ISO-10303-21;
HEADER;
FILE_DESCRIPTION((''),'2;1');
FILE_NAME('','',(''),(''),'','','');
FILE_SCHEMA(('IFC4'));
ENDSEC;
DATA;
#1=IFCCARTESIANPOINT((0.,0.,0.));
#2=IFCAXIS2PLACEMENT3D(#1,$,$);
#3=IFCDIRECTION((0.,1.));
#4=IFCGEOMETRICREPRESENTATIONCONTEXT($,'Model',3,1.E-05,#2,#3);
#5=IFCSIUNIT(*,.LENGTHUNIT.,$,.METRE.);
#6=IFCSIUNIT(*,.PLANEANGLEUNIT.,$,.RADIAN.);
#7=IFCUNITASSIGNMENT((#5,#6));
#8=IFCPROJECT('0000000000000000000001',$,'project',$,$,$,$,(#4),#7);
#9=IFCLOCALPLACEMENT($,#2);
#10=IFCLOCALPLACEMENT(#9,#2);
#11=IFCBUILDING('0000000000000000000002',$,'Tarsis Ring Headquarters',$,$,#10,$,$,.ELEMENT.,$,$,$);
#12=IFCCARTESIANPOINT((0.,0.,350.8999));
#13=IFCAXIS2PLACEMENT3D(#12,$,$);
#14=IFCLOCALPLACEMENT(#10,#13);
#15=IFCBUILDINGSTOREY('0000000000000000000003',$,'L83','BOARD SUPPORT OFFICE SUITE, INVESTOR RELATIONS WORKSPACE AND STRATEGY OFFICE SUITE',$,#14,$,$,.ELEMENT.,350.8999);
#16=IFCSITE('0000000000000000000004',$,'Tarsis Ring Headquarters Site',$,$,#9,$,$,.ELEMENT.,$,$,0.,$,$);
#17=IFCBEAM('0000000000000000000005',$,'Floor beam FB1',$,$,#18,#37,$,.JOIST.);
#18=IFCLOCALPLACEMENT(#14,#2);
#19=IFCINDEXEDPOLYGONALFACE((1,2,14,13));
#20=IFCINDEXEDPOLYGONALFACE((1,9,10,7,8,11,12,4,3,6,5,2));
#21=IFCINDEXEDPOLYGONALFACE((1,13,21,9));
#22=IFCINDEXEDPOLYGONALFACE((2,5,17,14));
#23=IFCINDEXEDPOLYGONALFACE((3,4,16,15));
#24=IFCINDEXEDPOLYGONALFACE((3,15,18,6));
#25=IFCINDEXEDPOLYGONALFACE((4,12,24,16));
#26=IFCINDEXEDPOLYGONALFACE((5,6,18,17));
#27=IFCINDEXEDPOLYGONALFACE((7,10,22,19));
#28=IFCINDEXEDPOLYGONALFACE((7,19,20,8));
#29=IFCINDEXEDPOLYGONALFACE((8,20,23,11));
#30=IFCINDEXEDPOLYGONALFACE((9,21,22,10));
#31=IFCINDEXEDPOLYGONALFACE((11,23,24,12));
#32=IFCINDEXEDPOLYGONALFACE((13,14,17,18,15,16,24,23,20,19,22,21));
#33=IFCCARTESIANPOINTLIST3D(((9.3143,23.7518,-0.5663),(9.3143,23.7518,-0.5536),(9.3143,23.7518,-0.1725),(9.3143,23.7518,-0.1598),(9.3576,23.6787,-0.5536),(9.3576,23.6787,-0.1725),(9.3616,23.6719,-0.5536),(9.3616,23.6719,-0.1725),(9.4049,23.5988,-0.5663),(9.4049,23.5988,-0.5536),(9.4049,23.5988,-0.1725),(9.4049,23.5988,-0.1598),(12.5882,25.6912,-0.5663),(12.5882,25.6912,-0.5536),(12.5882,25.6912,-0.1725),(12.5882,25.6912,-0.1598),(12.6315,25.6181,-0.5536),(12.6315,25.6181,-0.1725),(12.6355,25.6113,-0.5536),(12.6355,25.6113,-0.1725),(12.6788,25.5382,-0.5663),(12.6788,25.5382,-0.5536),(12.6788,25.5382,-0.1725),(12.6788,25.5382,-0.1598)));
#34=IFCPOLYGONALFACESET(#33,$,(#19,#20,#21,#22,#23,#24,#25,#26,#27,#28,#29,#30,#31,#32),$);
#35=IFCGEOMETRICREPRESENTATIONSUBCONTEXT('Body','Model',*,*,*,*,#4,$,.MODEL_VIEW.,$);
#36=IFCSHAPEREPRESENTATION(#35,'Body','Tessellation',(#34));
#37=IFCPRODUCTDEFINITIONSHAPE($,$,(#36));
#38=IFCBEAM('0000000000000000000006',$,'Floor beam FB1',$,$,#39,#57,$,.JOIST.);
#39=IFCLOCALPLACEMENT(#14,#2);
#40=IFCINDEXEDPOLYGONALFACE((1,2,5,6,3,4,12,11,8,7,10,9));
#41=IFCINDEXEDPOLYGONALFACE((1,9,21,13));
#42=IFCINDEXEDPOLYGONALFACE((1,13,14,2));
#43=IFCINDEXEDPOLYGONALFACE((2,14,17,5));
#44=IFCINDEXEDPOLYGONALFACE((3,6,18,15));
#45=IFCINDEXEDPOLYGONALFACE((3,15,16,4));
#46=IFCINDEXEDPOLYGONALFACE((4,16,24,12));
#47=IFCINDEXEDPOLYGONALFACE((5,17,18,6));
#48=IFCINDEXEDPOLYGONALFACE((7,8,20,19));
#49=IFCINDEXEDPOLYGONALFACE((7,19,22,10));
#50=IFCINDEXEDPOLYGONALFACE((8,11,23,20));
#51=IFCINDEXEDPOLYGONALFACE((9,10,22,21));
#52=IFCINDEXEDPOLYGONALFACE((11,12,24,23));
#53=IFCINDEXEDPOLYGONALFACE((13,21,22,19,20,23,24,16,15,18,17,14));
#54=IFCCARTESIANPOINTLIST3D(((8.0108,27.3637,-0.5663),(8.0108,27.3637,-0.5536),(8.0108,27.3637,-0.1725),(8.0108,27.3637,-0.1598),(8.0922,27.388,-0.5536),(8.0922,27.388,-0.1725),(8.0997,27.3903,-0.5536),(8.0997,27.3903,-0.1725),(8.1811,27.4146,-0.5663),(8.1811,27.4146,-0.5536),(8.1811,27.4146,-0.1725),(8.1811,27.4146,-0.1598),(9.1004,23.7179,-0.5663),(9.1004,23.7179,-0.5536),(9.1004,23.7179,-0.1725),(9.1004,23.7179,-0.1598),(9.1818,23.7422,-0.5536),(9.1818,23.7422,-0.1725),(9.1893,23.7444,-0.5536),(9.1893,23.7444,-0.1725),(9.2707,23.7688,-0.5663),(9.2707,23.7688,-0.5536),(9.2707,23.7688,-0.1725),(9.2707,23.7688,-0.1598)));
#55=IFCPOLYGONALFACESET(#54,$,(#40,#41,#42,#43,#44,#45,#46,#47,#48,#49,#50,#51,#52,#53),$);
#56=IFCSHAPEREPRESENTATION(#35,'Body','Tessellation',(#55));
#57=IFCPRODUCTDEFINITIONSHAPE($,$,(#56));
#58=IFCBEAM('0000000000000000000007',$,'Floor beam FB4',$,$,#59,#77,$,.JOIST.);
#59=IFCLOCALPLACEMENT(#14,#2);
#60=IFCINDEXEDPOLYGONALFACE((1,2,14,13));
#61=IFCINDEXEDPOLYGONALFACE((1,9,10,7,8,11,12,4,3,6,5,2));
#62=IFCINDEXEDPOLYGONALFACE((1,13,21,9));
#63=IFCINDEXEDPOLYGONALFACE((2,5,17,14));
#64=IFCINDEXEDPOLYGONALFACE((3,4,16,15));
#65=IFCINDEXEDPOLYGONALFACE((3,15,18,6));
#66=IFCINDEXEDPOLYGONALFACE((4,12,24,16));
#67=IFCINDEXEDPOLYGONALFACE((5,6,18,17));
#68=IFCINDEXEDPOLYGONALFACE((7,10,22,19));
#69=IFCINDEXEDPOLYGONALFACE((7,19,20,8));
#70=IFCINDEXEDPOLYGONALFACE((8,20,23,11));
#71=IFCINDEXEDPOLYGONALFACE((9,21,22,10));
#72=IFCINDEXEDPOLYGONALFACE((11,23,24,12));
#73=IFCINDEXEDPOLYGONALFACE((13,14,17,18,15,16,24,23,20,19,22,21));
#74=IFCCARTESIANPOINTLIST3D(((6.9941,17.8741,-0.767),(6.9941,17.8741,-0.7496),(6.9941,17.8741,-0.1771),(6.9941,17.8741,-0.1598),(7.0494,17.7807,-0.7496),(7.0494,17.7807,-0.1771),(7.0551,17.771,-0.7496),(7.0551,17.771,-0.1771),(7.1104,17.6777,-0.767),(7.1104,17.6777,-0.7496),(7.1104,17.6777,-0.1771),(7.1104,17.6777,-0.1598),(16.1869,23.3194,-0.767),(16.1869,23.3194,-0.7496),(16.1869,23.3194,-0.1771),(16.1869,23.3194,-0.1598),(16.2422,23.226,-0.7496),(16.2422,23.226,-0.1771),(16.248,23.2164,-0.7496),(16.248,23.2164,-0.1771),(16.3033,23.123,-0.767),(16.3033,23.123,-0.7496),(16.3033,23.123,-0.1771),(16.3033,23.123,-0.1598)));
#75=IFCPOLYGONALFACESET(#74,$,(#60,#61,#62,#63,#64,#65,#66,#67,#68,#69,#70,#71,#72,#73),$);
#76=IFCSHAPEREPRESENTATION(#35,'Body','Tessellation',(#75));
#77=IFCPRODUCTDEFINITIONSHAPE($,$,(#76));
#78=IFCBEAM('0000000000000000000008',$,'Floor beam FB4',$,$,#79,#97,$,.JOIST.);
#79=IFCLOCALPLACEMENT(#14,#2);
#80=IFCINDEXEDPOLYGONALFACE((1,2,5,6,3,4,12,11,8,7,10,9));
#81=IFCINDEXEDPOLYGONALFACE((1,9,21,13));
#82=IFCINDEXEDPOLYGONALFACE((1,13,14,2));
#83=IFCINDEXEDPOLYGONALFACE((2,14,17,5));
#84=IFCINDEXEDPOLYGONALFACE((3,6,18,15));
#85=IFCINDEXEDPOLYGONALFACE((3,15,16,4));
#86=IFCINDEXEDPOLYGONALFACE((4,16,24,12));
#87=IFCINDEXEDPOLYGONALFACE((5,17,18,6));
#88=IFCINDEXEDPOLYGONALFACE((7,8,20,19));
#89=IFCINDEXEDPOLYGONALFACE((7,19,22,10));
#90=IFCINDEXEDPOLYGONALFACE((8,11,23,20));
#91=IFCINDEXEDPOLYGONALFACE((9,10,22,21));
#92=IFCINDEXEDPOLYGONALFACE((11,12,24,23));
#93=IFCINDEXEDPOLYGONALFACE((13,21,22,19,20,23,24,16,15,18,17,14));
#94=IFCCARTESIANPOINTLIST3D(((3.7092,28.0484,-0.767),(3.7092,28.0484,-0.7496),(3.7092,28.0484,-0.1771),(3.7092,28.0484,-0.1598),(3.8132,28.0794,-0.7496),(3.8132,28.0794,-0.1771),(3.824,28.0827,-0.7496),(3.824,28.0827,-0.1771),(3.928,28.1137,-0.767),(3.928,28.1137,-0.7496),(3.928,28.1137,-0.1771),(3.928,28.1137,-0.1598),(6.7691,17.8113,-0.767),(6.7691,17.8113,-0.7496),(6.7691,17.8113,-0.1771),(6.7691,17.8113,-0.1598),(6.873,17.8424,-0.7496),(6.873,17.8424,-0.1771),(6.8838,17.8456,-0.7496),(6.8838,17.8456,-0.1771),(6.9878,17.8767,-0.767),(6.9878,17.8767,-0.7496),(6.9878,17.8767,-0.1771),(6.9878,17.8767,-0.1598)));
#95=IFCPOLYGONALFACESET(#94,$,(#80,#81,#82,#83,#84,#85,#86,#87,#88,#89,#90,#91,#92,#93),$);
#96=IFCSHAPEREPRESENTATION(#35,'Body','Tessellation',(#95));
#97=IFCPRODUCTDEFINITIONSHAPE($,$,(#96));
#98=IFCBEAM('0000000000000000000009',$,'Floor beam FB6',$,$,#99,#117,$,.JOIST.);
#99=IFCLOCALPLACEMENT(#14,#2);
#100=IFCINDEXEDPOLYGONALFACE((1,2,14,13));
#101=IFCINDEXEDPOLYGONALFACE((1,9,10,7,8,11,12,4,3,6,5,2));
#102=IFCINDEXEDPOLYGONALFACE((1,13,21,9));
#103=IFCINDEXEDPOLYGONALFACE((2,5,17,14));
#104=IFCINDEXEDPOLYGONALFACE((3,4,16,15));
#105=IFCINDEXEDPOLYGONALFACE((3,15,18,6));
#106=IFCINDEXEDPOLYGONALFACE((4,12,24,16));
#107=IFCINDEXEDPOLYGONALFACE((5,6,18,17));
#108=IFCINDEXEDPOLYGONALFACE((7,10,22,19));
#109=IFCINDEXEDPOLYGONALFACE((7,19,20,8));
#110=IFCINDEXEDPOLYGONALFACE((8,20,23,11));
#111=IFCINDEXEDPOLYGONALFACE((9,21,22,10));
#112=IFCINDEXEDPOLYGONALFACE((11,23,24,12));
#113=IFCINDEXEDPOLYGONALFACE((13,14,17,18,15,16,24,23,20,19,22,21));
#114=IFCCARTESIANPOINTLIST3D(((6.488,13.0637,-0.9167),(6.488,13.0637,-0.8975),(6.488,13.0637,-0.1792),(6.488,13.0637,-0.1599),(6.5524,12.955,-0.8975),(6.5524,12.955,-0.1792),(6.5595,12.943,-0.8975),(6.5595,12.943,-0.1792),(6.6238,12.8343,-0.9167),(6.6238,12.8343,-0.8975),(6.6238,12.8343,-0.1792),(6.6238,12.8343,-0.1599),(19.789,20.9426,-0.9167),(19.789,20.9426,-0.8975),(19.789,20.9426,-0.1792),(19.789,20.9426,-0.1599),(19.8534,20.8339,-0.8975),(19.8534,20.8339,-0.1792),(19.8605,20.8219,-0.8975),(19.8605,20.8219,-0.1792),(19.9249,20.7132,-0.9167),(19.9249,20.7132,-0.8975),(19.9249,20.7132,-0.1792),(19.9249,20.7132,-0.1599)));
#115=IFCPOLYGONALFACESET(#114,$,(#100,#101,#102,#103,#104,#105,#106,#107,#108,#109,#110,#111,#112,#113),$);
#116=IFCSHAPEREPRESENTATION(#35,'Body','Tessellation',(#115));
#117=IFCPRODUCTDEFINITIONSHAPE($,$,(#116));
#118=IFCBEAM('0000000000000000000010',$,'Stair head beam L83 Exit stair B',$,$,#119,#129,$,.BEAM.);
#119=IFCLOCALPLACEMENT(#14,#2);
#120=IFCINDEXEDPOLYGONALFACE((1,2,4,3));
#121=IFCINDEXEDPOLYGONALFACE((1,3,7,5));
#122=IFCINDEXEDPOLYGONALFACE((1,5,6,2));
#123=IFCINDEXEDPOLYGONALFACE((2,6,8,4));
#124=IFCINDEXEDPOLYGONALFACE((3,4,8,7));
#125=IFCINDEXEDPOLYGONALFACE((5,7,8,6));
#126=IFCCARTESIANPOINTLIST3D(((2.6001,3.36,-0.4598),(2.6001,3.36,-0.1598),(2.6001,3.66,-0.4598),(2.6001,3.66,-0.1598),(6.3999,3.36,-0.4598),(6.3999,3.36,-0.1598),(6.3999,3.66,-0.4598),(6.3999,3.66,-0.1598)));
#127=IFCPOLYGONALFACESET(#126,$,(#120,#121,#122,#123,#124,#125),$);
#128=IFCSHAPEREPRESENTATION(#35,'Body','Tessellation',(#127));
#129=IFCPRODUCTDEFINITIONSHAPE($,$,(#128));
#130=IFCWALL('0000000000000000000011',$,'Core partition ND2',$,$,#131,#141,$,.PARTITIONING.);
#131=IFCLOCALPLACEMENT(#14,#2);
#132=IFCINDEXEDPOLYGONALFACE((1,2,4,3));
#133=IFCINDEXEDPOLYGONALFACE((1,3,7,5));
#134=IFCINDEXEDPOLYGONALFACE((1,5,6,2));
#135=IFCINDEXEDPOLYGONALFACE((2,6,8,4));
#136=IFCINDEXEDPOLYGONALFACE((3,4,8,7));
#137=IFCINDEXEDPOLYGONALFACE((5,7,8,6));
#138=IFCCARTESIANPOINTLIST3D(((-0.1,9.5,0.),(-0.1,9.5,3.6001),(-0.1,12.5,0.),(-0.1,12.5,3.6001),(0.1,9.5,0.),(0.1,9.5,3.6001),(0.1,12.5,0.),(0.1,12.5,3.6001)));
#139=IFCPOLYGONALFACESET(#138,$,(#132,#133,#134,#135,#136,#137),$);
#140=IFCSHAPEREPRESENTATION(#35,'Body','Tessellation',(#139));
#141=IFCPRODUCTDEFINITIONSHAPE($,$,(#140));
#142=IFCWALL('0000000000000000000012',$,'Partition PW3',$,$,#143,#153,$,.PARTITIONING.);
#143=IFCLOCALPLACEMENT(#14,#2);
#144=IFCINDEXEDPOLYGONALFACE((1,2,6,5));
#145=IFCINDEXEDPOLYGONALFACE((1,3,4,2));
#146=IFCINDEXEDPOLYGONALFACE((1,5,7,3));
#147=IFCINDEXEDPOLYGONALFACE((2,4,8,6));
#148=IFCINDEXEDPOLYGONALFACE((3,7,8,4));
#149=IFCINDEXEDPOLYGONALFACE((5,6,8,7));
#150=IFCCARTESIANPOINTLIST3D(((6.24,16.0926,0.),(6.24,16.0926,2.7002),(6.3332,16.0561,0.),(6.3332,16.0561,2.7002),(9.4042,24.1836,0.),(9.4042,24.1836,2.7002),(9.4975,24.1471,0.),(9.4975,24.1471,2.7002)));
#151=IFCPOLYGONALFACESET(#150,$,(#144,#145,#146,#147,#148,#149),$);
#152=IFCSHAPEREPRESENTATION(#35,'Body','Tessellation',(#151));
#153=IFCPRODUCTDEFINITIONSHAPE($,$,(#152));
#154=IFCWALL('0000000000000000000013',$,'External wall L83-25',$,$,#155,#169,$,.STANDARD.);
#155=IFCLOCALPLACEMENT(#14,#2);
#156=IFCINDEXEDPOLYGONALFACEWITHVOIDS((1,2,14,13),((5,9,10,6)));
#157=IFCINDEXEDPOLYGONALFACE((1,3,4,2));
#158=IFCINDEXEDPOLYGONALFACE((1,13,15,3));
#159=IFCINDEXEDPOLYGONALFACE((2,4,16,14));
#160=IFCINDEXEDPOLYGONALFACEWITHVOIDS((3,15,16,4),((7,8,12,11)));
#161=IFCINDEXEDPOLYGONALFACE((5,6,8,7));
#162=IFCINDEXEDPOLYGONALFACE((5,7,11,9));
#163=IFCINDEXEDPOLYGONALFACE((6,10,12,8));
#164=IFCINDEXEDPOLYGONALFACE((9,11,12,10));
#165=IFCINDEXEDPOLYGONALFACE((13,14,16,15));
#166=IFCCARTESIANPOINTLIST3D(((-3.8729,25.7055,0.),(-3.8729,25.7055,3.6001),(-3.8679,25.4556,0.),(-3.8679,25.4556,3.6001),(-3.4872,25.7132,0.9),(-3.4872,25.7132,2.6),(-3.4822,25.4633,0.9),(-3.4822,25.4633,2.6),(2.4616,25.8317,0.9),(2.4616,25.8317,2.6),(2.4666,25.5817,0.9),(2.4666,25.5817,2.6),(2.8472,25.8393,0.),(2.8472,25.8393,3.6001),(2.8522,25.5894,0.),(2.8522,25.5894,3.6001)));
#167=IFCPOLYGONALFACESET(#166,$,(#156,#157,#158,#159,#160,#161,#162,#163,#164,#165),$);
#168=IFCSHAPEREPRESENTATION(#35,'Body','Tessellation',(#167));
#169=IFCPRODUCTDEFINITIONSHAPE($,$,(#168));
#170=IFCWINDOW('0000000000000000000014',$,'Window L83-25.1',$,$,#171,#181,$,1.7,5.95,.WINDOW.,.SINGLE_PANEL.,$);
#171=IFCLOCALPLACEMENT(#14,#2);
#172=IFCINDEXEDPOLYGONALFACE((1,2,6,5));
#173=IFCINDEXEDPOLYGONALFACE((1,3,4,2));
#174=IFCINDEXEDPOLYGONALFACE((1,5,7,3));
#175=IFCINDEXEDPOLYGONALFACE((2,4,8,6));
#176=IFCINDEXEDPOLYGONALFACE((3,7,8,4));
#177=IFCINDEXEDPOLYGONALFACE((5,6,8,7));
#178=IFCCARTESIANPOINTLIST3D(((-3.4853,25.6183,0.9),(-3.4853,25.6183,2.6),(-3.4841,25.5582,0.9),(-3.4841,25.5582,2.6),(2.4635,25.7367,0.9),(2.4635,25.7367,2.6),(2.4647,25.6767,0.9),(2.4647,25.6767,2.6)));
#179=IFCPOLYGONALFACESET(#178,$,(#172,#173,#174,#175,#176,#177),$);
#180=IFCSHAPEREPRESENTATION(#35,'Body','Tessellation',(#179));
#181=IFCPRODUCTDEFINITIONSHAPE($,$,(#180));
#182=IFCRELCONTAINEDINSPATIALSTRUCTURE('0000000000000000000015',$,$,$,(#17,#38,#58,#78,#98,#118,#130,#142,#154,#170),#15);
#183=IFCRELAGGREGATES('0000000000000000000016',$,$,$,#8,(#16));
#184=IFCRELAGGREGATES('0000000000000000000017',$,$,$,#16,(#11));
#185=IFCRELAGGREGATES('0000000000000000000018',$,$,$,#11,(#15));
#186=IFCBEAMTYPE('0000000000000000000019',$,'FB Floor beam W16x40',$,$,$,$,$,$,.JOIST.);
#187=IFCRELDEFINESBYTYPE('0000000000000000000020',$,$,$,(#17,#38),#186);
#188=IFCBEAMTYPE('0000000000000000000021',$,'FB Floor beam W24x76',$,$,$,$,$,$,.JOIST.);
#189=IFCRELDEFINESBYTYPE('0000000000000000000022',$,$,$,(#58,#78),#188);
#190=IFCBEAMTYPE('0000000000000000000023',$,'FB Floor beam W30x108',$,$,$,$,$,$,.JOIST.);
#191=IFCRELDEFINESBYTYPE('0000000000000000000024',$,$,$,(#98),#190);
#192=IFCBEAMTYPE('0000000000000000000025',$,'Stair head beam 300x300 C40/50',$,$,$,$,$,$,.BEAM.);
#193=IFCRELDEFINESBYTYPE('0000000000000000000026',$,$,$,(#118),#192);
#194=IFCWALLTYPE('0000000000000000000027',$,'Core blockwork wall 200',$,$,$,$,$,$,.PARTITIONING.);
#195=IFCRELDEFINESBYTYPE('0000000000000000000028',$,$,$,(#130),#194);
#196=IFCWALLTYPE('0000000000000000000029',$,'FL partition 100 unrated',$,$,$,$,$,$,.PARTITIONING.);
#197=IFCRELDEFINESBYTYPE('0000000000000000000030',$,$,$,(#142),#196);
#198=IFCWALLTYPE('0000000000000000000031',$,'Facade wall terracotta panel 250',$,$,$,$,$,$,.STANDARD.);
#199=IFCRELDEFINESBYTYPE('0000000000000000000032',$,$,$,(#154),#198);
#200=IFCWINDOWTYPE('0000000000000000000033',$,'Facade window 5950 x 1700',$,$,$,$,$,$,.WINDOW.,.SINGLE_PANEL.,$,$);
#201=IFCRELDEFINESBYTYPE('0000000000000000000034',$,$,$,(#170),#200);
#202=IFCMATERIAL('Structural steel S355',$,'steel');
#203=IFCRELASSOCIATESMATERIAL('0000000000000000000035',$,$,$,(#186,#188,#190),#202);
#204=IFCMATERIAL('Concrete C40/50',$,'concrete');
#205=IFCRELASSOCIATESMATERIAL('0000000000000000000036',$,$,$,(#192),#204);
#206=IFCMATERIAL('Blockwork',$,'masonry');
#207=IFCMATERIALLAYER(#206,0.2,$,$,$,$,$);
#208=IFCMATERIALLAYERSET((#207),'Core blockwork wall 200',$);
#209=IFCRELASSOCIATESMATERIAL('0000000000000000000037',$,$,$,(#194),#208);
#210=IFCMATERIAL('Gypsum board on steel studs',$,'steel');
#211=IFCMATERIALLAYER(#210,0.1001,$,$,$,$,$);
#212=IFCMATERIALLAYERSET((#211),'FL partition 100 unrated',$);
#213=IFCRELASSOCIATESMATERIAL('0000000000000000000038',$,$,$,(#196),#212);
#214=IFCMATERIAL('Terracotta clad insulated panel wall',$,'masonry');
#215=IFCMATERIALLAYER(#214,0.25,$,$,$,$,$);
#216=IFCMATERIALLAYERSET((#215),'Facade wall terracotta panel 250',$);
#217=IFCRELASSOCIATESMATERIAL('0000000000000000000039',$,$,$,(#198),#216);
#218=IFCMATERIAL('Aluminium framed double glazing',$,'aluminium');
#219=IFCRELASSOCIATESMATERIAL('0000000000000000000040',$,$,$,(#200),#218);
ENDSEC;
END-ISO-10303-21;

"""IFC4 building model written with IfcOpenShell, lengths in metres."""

from ifc_helpers import new_model, si_unit, direction, frame, frame_2d, origin, origin_2d, place, context, subcontext, project, spatial, rectangle, i_section, extrude, material, layer, layer_set, material_profile, profile_set, type_object, element, fill, save


model = new_model("IFC4")

# Units and contexts
model_context = context("Model", 3, precision=1e-05, world=origin(), true_north=direction((0.0, 1.0)))
body_context = subcontext(model_context, "Body", "Model", "MODEL_VIEW")
ifc_project = project(units=[si_unit("LENGTHUNIT", "METRE"), si_unit("PLANEANGLEUNIT", "RADIAN")], contexts=[model_context])

# Site, building, storey
site_placement = place(None, origin())
site = spatial("IfcSite", under=ifc_project, at=site_placement, Name="Tarsis Ring Headquarters Site", CompositionType="ELEMENT", RefElevation=0.0)
building_placement = place(site_placement, origin())
building = spatial("IfcBuilding", under=site, at=building_placement, Name="Tarsis Ring Headquarters", CompositionType="ELEMENT")
storey_placement = place(building_placement, frame((0.0, 0.0, 350.8999)))
storey = spatial("IfcBuildingStorey", under=building, at=storey_placement, Name="L83", Description="BOARD SUPPORT OFFICE SUITE, INVESTOR RELATIONS WORKSPACE AND STRATEGY OFFICE SUITE", CompositionType="ELEMENT", Elevation=350.8999)

# Beams
ifc_material_1 = material(Name="Structural steel S355", Category="steel")
ifc_material_profile_1 = material_profile(ifc_material_1, i_section(OverallWidth=0.1777, OverallDepth=0.4065, WebThickness=0.0078, FlangeThickness=0.0127, at=origin_2d()), Name="W16x40")
ifc_profile_set_1 = profile_set([ifc_material_profile_1], Name="Structural steel S355")
beam_type_1 = type_object("IfcBeamType", Name="FB Floor beam W16x40", PredefinedType="JOIST", material=ifc_profile_set_1)
for number, where, z_axis, x_axis, name in (
    (1, (9.3596, 23.6753, -0.363), (0.860367, 0.509676, 0.0), (-0.509676, 0.860367, 0.0), "Floor beam FB1"),
    (2, (8.0959, 27.3892, -0.363), (0.286353, -0.958124, 0.0), (0.958124, 0.286353, 0.0), "Floor beam FB1"),
):
    element("IfcBeam", number, at=place(storey_placement, frame(where, z_axis=z_axis, x_axis=x_axis)), inside=storey, type_object=beam_type_1, Name=name, PredefinedType="JOIST", context=body_context, shape_type="SweptSolid", body=[
        extrude(i_section(OverallWidth=0.1777, OverallDepth=0.4065, WebThickness=0.0078, FlangeThickness=0.0127, at=origin_2d()), origin(), (0.0, 0.0, 1.0), 3.8052),
    ])
ifc_material_profile_2 = material_profile(ifc_material_1, i_section(OverallWidth=0.2283, OverallDepth=0.6072, WebThickness=0.0112, FlangeThickness=0.0173, at=origin_2d()), Name="W24x76")
ifc_profile_set_2 = profile_set([ifc_material_profile_2], Name="Structural steel S355")
beam_type_2 = type_object("IfcBeamType", Name="FB Floor beam W24x76", PredefinedType="JOIST", material=ifc_profile_set_2)
for number, where, z_axis, x_axis, name in (
    (3, (7.0522, 17.7759, -0.4634), (0.860387, 0.509642, 0.0), (-0.509642, 0.860387, 0.0), "Floor beam FB4"),
    (4, (3.8186, 28.0811, -0.4634), (0.286377, -0.958117, 0.0), (0.958117, 0.286377, 0.0), "Floor beam FB4"),
):
    element("IfcBeam", number, at=place(storey_placement, frame(where, z_axis=z_axis, x_axis=x_axis)), inside=storey, type_object=beam_type_2, Name=name, PredefinedType="JOIST", context=body_context, shape_type="SweptSolid", body=[
        extrude(i_section(OverallWidth=0.2283, OverallDepth=0.6072, WebThickness=0.0112, FlangeThickness=0.0173, at=origin_2d()), origin(), (0.0, 0.0, 1.0), 10.6846),
    ])
ifc_material_profile_3 = material_profile(ifc_material_1, i_section(OverallWidth=0.2666, OverallDepth=0.7568, WebThickness=0.0139, FlangeThickness=0.0193, at=origin_2d()), Name="W30x108")
ifc_profile_set_3 = profile_set([ifc_material_profile_3], Name="Structural steel S355")
beam_type_3 = type_object("IfcBeamType", Name="FB Floor beam W30x108", PredefinedType="JOIST", material=ifc_profile_set_3)
beam_1_placement = place(storey_placement, frame((6.5559, 12.949, -0.5383), z_axis=(0.860382, 0.50965, 0.0), x_axis=(-0.50965, 0.860382, 0.0)))
element("IfcBeam", 5, at=beam_1_placement, inside=storey, type_object=beam_type_3, Name="Floor beam FB6", PredefinedType="JOIST", context=body_context, shape_type="SweptSolid", body=[
    extrude(i_section(OverallWidth=0.2666, OverallDepth=0.7568, WebThickness=0.0139, FlangeThickness=0.0193, at=origin_2d()), origin(), (0.0, 0.0, 1.0), 15.4595),
])
ifc_material_2 = material(Name="Concrete C40/50", Category="concrete")
ifc_material_profile_4 = material_profile(ifc_material_2, rectangle(XDim=0.3, YDim=0.3, at=origin_2d()), Name="Stair head beam 300x300 C40/50")
ifc_profile_set_4 = profile_set([ifc_material_profile_4], Name="Concrete C40/50")
beam_type_4 = type_object("IfcBeamType", Name="Stair head beam 300x300 C40/50", PredefinedType="BEAM", material=ifc_profile_set_4)
beam_2_placement = place(storey_placement, frame((2.6001, 3.51, -0.3098), z_axis=(1.0, 0.0, 0.0), x_axis=(0.0, 1.0, 0.0)))
element("IfcBeam", 6, at=beam_2_placement, inside=storey, type_object=beam_type_4, Name="Stair head beam L83 Exit stair B", PredefinedType="BEAM", context=body_context, shape_type="SweptSolid", body=[
    extrude(rectangle(XDim=0.3, YDim=0.3, at=origin_2d()), origin(), (0.0, 0.0, 1.0), 3.7998),
])

# Walls
ifc_material_3 = material(Name="Blockwork", Category="masonry")
ifc_layer_1 = layer(ifc_material_3, 0.2)
ifc_layer_set_1 = layer_set([ifc_layer_1], Name="Core blockwork wall 200")
wall_type_1 = type_object("IfcWallType", Name="Core blockwork wall 200", PredefinedType="PARTITIONING", material=ifc_layer_set_1)
wall_1_placement = place(storey_placement, frame((0.0, 9.5, 0.0), z_axis=(0.0, 0.0, 1.0), x_axis=(0.0, 1.0, 0.0)))
element("IfcWall", 7, at=wall_1_placement, inside=storey, type_object=wall_type_1, Name="Core partition ND2", PredefinedType="PARTITIONING", context=body_context, shape_type="SweptSolid", body=[
    extrude(rectangle(XDim=3.0, YDim=0.2, at=frame_2d((1.5, 0.0))), origin(), (0.0, 0.0, 1.0), 3.6001),
])
ifc_material_4 = material(Name="Gypsum board on steel studs", Category="steel")
ifc_layer_2 = layer(ifc_material_4, 0.1001)
ifc_layer_set_2 = layer_set([ifc_layer_2], Name="FL partition 100 unrated")
wall_type_2 = type_object("IfcWallType", Name="FL partition 100 unrated", PredefinedType="PARTITIONING", material=ifc_layer_set_2)
wall_2_placement = place(storey_placement, frame((6.2866, 16.0745, 0.0), z_axis=(0.0, 0.0, 1.0), x_axis=(0.364223, 0.931312, 0.0)))
element("IfcWall", 8, at=wall_2_placement, inside=storey, type_object=wall_type_2, Name="Partition PW3", PredefinedType="PARTITIONING", context=body_context, shape_type="SweptSolid", body=[
    extrude(rectangle(XDim=8.6877, YDim=0.1001, at=frame_2d((4.3438, 0.0))), origin(), (0.0, 0.0, 1.0), 2.7002),
])

# Wall, opening, window
ifc_material_5 = material(Name="Terracotta clad insulated panel wall", Category="masonry")
ifc_layer_3 = layer(ifc_material_5, 0.25)
ifc_layer_set_3 = layer_set([ifc_layer_3], Name="Facade wall terracotta panel 250")
wall_type_3 = type_object("IfcWallType", Name="Facade wall terracotta panel 250", PredefinedType="STANDARD", material=ifc_layer_set_3)
wall_3_placement = place(storey_placement, frame((2.8499, 25.7144, 0.0), z_axis=(0.0, 0.0, 1.0), x_axis=(-0.999802, -0.019905, 0.0)))
wall_3 = element("IfcWall", 9, at=wall_3_placement, inside=storey, type_object=wall_type_3, Name="External wall L83-25", PredefinedType="STANDARD", context=body_context, shape_type="SweptSolid", body=[
    extrude(rectangle(XDim=6.7214, YDim=0.25, at=frame_2d((3.3608, 0.0))), origin(), (0.0, 0.0, 1.0), 3.6001),
])
opening_placement = place(wall_3_placement, frame((0.3857, 0.0, 0.8999)))
opening = element("IfcOpeningElement", 10, at=opening_placement, cuts=wall_3, PredefinedType="OPENING", context=body_context, shape_type="SweptSolid", body=[
    extrude(rectangle(XDim=5.95, YDim=1.7, at=frame_2d((2.9751, 0.8501))), frame((0.0, 0.135, 0.0), z_axis=(0.0, -1.0, 0.0), x_axis=(1.0, 0.0, 0.0)), (0.0, 0.0, 1.0), 0.27),
])
ifc_material_6 = material(Name="Aluminium framed double glazing", Category="aluminium")
window_type = type_object("IfcWindowType", Name="Facade window 5950 x 1700", PartitioningType="SINGLE_PANEL", PredefinedType="WINDOW", material=ifc_material_6)
window_placement = place(opening_placement, origin())
window = element("IfcWindow", 11, at=window_placement, inside=storey, type_object=window_type, Name="Window L83-25.1", OverallHeight=1.7, OverallWidth=5.95, PartitioningType="SINGLE_PANEL", PredefinedType="WINDOW", context=body_context, shape_type="SweptSolid", body=[
    extrude(rectangle(XDim=5.95, YDim=1.7, at=frame_2d((2.9751, 0.8501))), frame((0.0, 0.03, 0.0), z_axis=(0.0, -1.0, 0.0), x_axis=(1.0, 0.0, 0.0)), (0.0, 0.0, 1.0), 0.0601),
])
fill(opening, window)

save(model, "model.ifc")
